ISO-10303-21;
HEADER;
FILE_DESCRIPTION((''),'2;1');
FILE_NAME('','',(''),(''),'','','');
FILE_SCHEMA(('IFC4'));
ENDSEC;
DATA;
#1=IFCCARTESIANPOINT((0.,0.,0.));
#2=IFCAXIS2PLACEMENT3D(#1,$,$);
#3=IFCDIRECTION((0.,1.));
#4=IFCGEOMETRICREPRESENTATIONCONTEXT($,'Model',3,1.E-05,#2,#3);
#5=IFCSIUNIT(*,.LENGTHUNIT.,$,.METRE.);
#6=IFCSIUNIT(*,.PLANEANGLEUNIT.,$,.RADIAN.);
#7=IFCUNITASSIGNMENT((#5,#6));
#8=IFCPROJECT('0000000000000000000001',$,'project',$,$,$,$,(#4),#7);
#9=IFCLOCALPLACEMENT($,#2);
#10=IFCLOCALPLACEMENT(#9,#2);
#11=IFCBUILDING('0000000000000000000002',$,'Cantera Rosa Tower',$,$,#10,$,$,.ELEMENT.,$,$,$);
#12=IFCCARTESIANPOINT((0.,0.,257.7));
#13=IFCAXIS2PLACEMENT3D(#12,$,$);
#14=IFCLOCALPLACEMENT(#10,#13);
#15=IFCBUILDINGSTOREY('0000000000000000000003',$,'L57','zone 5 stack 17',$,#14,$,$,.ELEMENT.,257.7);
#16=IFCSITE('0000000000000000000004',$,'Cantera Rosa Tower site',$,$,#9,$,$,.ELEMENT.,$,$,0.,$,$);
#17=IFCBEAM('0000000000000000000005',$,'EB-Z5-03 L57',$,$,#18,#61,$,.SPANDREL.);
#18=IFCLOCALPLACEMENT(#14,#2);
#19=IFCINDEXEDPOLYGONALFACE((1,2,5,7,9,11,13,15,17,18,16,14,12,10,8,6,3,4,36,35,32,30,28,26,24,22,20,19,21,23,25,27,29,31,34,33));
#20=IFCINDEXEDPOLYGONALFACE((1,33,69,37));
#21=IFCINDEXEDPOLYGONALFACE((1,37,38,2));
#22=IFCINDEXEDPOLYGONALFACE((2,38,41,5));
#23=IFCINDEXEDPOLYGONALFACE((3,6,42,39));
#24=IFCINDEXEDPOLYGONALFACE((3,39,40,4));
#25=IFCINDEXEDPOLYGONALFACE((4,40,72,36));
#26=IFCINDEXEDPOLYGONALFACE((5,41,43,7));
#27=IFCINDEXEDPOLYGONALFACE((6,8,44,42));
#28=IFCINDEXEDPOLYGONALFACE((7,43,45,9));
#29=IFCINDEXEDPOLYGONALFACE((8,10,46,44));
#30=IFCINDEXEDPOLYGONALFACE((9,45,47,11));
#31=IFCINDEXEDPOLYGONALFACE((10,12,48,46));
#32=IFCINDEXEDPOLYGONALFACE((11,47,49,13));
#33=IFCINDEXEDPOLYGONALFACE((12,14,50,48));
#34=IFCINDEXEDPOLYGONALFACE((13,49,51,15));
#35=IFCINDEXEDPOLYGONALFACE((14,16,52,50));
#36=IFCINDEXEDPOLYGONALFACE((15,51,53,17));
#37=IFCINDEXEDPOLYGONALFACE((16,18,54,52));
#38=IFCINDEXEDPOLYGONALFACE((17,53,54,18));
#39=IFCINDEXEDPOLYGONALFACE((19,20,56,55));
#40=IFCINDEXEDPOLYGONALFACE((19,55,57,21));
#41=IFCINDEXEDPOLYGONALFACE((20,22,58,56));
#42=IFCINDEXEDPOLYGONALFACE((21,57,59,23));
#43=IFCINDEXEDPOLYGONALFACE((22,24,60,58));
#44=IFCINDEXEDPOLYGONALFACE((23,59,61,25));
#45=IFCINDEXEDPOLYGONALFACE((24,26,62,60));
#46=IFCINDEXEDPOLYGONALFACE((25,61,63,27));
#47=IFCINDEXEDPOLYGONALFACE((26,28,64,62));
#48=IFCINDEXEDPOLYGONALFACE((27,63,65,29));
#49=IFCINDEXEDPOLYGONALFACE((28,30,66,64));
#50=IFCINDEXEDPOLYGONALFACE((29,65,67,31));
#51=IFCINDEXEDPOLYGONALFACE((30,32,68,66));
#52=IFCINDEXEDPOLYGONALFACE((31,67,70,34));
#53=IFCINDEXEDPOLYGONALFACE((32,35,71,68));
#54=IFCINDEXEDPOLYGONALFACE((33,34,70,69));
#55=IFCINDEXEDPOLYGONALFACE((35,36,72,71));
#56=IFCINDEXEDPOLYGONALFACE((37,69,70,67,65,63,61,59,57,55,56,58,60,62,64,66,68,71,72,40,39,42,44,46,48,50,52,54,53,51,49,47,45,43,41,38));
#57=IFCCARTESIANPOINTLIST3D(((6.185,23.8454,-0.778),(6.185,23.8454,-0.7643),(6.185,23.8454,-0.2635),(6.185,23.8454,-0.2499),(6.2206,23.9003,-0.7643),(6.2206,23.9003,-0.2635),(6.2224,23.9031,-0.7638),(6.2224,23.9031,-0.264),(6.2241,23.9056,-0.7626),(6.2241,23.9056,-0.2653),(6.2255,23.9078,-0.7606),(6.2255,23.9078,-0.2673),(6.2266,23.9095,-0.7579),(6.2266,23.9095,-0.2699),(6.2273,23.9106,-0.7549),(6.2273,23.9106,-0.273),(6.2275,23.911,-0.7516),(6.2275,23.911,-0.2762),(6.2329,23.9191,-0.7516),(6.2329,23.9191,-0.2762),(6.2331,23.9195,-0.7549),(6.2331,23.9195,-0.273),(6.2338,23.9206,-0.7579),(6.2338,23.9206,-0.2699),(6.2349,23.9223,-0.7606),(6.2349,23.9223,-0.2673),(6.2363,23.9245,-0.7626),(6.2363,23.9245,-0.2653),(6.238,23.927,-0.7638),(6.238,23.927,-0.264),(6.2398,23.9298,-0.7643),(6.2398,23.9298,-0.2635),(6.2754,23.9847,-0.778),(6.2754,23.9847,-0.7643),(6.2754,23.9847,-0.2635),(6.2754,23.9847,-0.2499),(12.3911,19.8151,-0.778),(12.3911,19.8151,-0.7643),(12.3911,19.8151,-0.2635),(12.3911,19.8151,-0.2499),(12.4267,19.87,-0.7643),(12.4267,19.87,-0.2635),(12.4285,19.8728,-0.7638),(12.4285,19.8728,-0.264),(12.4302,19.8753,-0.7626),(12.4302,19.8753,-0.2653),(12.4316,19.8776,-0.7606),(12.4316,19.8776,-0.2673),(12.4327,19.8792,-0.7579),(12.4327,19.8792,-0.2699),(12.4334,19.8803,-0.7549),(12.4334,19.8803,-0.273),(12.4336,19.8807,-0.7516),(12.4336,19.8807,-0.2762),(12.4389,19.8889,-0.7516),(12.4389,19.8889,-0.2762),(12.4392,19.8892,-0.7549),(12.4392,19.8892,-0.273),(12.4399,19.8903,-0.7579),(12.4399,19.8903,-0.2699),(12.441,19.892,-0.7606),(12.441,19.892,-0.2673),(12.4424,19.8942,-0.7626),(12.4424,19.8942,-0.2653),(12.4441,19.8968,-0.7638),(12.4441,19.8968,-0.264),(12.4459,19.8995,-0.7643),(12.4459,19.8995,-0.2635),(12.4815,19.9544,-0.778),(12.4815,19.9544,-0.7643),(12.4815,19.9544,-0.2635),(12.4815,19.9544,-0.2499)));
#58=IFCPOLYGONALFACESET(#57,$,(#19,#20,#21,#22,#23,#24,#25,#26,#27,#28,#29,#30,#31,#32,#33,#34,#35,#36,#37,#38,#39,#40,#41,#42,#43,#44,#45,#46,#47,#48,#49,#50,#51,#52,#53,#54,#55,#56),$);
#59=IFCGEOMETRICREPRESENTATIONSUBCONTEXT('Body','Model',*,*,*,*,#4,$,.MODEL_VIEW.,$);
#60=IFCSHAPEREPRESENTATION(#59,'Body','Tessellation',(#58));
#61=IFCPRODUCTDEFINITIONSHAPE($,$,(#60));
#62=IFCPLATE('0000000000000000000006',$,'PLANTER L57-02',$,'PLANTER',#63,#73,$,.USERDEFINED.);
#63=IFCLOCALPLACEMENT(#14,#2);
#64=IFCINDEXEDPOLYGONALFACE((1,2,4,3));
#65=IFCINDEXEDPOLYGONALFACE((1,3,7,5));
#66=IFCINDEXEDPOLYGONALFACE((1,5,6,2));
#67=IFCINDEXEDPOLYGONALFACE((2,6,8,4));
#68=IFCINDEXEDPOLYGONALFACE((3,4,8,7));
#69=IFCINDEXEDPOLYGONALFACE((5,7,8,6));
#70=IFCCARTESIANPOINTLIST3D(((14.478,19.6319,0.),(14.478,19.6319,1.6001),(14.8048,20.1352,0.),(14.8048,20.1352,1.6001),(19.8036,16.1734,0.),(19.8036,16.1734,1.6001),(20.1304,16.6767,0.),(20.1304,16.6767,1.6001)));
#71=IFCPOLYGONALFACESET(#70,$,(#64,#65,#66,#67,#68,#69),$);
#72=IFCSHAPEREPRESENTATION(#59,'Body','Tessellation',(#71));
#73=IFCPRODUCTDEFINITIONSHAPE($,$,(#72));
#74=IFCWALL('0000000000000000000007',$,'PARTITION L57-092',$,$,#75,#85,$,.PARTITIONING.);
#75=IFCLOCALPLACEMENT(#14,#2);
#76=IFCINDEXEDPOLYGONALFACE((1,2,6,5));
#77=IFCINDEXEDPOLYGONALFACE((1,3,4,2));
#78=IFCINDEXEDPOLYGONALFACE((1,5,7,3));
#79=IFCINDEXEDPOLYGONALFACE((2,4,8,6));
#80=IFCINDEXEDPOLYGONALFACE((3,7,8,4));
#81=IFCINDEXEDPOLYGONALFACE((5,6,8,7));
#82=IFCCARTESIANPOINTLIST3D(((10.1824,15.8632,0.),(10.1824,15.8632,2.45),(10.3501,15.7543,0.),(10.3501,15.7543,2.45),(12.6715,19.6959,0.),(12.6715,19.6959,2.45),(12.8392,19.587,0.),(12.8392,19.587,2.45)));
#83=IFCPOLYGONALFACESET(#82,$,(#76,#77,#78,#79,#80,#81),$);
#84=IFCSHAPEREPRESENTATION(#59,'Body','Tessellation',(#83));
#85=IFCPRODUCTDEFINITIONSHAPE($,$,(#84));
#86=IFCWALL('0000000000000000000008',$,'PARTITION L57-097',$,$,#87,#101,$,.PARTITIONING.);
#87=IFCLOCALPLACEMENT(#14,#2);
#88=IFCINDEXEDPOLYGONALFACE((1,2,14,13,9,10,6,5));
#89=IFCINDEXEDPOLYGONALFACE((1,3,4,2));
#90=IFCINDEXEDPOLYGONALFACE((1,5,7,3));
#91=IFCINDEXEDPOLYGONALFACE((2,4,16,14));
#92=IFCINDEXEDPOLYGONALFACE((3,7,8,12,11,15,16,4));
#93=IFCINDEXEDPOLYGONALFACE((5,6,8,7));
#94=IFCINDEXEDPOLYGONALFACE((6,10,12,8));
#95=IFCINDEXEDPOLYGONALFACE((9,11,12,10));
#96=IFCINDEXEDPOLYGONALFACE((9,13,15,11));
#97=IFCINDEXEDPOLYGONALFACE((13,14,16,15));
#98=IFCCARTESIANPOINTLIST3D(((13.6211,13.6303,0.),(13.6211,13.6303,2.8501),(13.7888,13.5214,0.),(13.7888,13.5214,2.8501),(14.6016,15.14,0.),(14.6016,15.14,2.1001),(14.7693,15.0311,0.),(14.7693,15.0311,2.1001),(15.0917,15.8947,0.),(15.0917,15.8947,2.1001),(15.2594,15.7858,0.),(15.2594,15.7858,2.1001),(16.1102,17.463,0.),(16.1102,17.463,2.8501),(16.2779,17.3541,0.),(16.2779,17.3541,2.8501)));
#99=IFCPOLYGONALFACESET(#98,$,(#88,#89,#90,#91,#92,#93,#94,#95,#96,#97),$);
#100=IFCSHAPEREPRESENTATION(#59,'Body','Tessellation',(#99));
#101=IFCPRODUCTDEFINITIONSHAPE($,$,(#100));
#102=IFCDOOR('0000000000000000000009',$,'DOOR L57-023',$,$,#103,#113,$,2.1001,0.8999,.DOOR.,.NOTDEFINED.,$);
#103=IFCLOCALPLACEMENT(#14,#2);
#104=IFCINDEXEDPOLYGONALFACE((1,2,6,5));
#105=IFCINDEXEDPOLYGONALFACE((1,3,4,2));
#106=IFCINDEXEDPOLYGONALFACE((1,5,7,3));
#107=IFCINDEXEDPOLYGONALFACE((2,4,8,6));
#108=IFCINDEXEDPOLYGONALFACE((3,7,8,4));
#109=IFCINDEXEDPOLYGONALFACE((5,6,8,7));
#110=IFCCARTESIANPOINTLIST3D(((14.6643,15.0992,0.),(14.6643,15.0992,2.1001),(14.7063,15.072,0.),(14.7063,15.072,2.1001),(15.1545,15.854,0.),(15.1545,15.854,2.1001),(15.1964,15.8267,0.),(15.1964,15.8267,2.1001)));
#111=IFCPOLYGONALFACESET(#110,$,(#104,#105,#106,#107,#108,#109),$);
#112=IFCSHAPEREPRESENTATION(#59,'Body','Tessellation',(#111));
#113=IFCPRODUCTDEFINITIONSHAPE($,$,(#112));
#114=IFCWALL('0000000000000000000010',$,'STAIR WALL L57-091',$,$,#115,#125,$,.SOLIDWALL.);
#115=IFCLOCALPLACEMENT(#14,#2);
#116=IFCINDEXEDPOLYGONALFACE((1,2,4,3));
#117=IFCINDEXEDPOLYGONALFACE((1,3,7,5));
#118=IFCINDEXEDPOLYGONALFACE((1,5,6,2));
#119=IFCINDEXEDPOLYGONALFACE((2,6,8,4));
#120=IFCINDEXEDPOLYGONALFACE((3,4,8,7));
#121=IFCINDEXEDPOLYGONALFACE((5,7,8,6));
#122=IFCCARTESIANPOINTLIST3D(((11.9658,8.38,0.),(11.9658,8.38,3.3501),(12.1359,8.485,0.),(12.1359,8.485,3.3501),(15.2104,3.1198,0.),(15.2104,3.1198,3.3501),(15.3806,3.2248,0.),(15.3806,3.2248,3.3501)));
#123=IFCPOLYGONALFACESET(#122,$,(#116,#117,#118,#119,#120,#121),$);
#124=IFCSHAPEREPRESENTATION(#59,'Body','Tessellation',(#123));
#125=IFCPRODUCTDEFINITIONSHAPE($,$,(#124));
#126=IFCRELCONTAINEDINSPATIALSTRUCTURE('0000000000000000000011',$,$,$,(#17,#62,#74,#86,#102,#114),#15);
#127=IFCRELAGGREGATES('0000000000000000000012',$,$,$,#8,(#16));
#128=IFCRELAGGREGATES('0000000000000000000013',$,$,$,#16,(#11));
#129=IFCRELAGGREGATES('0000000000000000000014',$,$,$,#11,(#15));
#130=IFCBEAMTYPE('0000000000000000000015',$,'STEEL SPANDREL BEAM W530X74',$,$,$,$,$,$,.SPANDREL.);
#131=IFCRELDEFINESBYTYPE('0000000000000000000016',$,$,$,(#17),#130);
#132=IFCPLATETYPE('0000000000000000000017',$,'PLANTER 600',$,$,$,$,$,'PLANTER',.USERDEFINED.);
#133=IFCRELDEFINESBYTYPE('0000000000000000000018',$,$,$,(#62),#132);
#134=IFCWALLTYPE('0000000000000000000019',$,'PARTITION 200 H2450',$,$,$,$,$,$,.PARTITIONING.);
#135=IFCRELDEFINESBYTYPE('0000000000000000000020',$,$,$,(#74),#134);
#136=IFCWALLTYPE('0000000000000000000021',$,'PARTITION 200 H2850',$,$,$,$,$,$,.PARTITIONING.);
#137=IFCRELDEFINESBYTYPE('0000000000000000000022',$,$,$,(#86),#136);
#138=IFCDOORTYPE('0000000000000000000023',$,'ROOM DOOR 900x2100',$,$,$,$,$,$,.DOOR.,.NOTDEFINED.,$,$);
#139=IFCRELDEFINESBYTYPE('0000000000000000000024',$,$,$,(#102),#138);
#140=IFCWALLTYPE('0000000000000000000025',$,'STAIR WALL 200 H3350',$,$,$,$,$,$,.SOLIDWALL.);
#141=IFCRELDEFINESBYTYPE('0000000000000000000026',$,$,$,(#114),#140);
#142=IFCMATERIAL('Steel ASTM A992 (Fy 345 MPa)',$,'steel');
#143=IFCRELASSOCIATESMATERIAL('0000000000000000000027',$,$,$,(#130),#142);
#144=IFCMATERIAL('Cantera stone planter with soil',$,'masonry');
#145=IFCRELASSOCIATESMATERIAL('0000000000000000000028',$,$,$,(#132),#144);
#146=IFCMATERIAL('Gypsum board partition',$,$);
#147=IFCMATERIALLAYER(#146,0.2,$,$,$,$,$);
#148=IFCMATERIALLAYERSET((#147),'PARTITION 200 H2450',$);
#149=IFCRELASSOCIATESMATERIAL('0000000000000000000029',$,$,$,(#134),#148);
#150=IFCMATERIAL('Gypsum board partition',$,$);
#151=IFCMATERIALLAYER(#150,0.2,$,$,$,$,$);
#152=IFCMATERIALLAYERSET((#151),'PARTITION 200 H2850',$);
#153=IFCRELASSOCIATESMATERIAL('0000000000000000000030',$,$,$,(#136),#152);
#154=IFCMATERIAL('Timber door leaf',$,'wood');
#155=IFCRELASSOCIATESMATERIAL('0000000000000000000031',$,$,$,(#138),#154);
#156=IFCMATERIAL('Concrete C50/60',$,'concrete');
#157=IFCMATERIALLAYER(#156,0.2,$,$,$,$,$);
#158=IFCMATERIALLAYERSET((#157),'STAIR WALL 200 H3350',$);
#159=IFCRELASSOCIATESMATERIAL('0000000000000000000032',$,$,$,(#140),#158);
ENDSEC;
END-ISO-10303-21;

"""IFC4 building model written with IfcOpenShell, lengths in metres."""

from ifc_helpers import new_model, si_unit, direction, frame, frame_2d, origin, origin_2d, place, context, subcontext, project, spatial, rectangle, i_section, extrude, material, layer, layer_set, material_profile, profile_set, type_object, element, fill, save


model = new_model("IFC4")

# Units and contexts
model_context = context("Model", 3, precision=1e-05, world=origin(), true_north=direction((0.0, 1.0)))
body_context = subcontext(model_context, "Body", "Model", "MODEL_VIEW")
ifc_project = project(units=[si_unit("LENGTHUNIT", "METRE"), si_unit("PLANEANGLEUNIT", "RADIAN")], contexts=[model_context])

# Site, building, storey
site_placement = place(None, origin())
site = spatial("IfcSite", under=ifc_project, at=site_placement, Name="Cantera Rosa Tower site", CompositionType="ELEMENT", RefElevation=0.0)
building_placement = place(site_placement, origin())
building = spatial("IfcBuilding", under=site, at=building_placement, Name="Cantera Rosa Tower", CompositionType="ELEMENT")
storey_placement = place(building_placement, frame((0.0, 0.0, 257.7)))
storey = spatial("IfcBuildingStorey", under=building, at=storey_placement, Name="L57", Description="zone 5 stack 17", CompositionType="ELEMENT", Elevation=257.7)

# Beam
ifc_material_1 = material(Name="Steel ASTM A992 (Fy 345 MPa)", Category="steel")
ifc_material_profile_1 = material_profile(ifc_material_1, i_section(OverallWidth=0.166, OverallDepth=0.5281, WebThickness=0.0098, FlangeThickness=0.0137, FilletRadius=0.0127, at=origin_2d()), Name="W530X74")
ifc_profile_set_1 = profile_set([ifc_material_profile_1], Name="Steel ASTM A992 (Fy 345 MPa)")
beam_type_1 = type_object("IfcBeamType", Name="STEEL SPANDREL BEAM W530X74", PredefinedType="SPANDREL", material=ifc_profile_set_1)
beam_1_placement = place(storey_placement, frame((12.4363, 19.8848, -0.5139), z_axis=(-0.83867, 0.54464, 0.0), x_axis=(-0.54464, -0.83867, 0.0)))
element("IfcBeam", 1, at=beam_1_placement, inside=storey, type_object=beam_type_1, Name="EB-Z5-03 L57", PredefinedType="SPANDREL", context=body_context, shape_type="SweptSolid", body=[
    extrude(i_section(OverallWidth=0.166, OverallDepth=0.5281, WebThickness=0.0098, FlangeThickness=0.0137, FilletRadius=0.0127, at=origin_2d()), origin(), (0.0, 0.0, 1.0), 7.3999),
])

# Plate
ifc_material_2 = material(Name="Cantera stone planter with soil", Category="masonry")
plate_type = type_object("IfcPlateType", Name="PLANTER 600", ElementType="PLANTER", PredefinedType="USERDEFINED", material=ifc_material_2)
plate_placement = place(storey_placement, frame((17.3042, 18.1543, 0.0), z_axis=(0.0, 0.0, 1.0), x_axis=(-0.838671, 0.544639, 0.0)))
element("IfcPlate", 2, at=plate_placement, inside=storey, type_object=plate_type, Name="PLANTER L57-02", ObjectType="PLANTER", PredefinedType="USERDEFINED", context=body_context, shape_type="SweptSolid", body=[
    extrude(rectangle(XDim=6.3501, YDim=0.6001, at=origin_2d()), origin(), (0.0, 0.0, 1.0), 1.6001),
])

# Wall
ifc_material_3 = material(Name="Gypsum board partition")
ifc_layer_1 = layer(ifc_material_3, 0.2)
ifc_layer_set_1 = layer_set([ifc_layer_1], Name="PARTITION 200 H2450")
wall_type_1 = type_object("IfcWallType", Name="PARTITION 200 H2450", PredefinedType="PARTITIONING", material=ifc_layer_set_1)
wall_1_placement = place(storey_placement, frame((12.7554, 19.6416, 0.0), z_axis=(0.0, 0.0, 1.0), x_axis=(-0.544637, -0.838672, 0.0)))
element("IfcWall", 3, at=wall_1_placement, inside=storey, type_object=wall_type_1, Name="PARTITION L57-092", PredefinedType="PARTITIONING", context=body_context, shape_type="SweptSolid", body=[
    extrude(rectangle(XDim=4.5701, YDim=0.2, at=frame_2d((2.2852, 0.0))), origin(), (0.0, 0.0, 1.0), 2.45),
])

# Wall, opening, door
ifc_material_4 = material(Name="Gypsum board partition")
ifc_layer_2 = layer(ifc_material_4, 0.2)
ifc_layer_set_2 = layer_set([ifc_layer_2], Name="PARTITION 200 H2850")
wall_type_2 = type_object("IfcWallType", Name="PARTITION 200 H2850", PredefinedType="PARTITIONING", material=ifc_layer_set_2)
wall_2_placement = place(storey_placement, frame((16.1941, 17.4087, 0.0), z_axis=(0.0, 0.0, 1.0), x_axis=(-0.544637, -0.838672, 0.0)))
wall_2 = element("IfcWall", 4, at=wall_2_placement, inside=storey, type_object=wall_type_2, Name="PARTITION L57-097", PredefinedType="PARTITIONING", context=body_context, shape_type="SweptSolid", body=[
    extrude(rectangle(XDim=4.5701, YDim=0.2, at=frame_2d((2.2852, 0.0))), origin(), (0.0, 0.0, 1.0), 2.8501),
])
opening_1_placement = place(wall_2_placement, frame((1.8701, 0.0, 0.0)))
opening_1 = element("IfcOpeningElement", 5, at=opening_1_placement, cuts=wall_2, PredefinedType="OPENING", context=body_context, shape_type="SweptSolid", body=[
    extrude(rectangle(XDim=0.8999, YDim=2.1001, at=frame_2d((0.45, 1.05))), frame((0.0, 0.1099, 0.0), z_axis=(0.0, -1.0, 0.0), x_axis=(1.0, 0.0, 0.0)), (0.0, 0.0, 1.0), 0.22),
])
ifc_material_5 = material(Name="Timber door leaf", Category="wood")
door_type_1 = type_object("IfcDoorType", Name="ROOM DOOR 900x2100", OperationType="NOTDEFINED", PredefinedType="DOOR", material=ifc_material_5)
door_1_placement = place(opening_1_placement, origin())
door_1 = element("IfcDoor", 6, at=door_1_placement, inside=storey, type_object=door_type_1, Name="DOOR L57-023", OperationType="NOTDEFINED", OverallHeight=2.1001, OverallWidth=0.8999, PredefinedType="DOOR", context=body_context, shape_type="SweptSolid", body=[
    extrude(rectangle(XDim=0.8999, YDim=2.1001, at=frame_2d((0.45, 1.05))), frame((0.0, 0.0249, 0.0), z_axis=(0.0, -1.0, 0.0), x_axis=(1.0, 0.0, 0.0)), (0.0, 0.0, 1.0), 0.05),
])
fill(opening_1, door_1)

# Wall
ifc_material_6 = material(Name="Concrete C50/60", Category="concrete")
ifc_layer_3 = layer(ifc_material_6, 0.2)
ifc_layer_set_3 = layer_set([ifc_layer_3], Name="STAIR WALL 200 H3350")
wall_type_3 = type_object("IfcWallType", Name="STAIR WALL 200 H3350", PredefinedType="SOLIDWALL", material=ifc_layer_set_3)
wall_3_placement = place(storey_placement, frame((12.0508, 8.4326, 0.0), z_axis=(0.0, 0.0, 1.0), x_axis=(0.524983, -0.851113, 0.0)))
element("IfcWall", 7, at=wall_3_placement, inside=storey, type_object=wall_type_3, Name="STAIR WALL L57-091", PredefinedType="SOLIDWALL", context=body_context, shape_type="SweptSolid", body=[
    extrude(rectangle(XDim=6.1804, YDim=0.2, at=frame_2d((3.0903, 0.0))), origin(), (0.0, 0.0, 1.0), 3.3501),
])

save(model, "model.ifc")
